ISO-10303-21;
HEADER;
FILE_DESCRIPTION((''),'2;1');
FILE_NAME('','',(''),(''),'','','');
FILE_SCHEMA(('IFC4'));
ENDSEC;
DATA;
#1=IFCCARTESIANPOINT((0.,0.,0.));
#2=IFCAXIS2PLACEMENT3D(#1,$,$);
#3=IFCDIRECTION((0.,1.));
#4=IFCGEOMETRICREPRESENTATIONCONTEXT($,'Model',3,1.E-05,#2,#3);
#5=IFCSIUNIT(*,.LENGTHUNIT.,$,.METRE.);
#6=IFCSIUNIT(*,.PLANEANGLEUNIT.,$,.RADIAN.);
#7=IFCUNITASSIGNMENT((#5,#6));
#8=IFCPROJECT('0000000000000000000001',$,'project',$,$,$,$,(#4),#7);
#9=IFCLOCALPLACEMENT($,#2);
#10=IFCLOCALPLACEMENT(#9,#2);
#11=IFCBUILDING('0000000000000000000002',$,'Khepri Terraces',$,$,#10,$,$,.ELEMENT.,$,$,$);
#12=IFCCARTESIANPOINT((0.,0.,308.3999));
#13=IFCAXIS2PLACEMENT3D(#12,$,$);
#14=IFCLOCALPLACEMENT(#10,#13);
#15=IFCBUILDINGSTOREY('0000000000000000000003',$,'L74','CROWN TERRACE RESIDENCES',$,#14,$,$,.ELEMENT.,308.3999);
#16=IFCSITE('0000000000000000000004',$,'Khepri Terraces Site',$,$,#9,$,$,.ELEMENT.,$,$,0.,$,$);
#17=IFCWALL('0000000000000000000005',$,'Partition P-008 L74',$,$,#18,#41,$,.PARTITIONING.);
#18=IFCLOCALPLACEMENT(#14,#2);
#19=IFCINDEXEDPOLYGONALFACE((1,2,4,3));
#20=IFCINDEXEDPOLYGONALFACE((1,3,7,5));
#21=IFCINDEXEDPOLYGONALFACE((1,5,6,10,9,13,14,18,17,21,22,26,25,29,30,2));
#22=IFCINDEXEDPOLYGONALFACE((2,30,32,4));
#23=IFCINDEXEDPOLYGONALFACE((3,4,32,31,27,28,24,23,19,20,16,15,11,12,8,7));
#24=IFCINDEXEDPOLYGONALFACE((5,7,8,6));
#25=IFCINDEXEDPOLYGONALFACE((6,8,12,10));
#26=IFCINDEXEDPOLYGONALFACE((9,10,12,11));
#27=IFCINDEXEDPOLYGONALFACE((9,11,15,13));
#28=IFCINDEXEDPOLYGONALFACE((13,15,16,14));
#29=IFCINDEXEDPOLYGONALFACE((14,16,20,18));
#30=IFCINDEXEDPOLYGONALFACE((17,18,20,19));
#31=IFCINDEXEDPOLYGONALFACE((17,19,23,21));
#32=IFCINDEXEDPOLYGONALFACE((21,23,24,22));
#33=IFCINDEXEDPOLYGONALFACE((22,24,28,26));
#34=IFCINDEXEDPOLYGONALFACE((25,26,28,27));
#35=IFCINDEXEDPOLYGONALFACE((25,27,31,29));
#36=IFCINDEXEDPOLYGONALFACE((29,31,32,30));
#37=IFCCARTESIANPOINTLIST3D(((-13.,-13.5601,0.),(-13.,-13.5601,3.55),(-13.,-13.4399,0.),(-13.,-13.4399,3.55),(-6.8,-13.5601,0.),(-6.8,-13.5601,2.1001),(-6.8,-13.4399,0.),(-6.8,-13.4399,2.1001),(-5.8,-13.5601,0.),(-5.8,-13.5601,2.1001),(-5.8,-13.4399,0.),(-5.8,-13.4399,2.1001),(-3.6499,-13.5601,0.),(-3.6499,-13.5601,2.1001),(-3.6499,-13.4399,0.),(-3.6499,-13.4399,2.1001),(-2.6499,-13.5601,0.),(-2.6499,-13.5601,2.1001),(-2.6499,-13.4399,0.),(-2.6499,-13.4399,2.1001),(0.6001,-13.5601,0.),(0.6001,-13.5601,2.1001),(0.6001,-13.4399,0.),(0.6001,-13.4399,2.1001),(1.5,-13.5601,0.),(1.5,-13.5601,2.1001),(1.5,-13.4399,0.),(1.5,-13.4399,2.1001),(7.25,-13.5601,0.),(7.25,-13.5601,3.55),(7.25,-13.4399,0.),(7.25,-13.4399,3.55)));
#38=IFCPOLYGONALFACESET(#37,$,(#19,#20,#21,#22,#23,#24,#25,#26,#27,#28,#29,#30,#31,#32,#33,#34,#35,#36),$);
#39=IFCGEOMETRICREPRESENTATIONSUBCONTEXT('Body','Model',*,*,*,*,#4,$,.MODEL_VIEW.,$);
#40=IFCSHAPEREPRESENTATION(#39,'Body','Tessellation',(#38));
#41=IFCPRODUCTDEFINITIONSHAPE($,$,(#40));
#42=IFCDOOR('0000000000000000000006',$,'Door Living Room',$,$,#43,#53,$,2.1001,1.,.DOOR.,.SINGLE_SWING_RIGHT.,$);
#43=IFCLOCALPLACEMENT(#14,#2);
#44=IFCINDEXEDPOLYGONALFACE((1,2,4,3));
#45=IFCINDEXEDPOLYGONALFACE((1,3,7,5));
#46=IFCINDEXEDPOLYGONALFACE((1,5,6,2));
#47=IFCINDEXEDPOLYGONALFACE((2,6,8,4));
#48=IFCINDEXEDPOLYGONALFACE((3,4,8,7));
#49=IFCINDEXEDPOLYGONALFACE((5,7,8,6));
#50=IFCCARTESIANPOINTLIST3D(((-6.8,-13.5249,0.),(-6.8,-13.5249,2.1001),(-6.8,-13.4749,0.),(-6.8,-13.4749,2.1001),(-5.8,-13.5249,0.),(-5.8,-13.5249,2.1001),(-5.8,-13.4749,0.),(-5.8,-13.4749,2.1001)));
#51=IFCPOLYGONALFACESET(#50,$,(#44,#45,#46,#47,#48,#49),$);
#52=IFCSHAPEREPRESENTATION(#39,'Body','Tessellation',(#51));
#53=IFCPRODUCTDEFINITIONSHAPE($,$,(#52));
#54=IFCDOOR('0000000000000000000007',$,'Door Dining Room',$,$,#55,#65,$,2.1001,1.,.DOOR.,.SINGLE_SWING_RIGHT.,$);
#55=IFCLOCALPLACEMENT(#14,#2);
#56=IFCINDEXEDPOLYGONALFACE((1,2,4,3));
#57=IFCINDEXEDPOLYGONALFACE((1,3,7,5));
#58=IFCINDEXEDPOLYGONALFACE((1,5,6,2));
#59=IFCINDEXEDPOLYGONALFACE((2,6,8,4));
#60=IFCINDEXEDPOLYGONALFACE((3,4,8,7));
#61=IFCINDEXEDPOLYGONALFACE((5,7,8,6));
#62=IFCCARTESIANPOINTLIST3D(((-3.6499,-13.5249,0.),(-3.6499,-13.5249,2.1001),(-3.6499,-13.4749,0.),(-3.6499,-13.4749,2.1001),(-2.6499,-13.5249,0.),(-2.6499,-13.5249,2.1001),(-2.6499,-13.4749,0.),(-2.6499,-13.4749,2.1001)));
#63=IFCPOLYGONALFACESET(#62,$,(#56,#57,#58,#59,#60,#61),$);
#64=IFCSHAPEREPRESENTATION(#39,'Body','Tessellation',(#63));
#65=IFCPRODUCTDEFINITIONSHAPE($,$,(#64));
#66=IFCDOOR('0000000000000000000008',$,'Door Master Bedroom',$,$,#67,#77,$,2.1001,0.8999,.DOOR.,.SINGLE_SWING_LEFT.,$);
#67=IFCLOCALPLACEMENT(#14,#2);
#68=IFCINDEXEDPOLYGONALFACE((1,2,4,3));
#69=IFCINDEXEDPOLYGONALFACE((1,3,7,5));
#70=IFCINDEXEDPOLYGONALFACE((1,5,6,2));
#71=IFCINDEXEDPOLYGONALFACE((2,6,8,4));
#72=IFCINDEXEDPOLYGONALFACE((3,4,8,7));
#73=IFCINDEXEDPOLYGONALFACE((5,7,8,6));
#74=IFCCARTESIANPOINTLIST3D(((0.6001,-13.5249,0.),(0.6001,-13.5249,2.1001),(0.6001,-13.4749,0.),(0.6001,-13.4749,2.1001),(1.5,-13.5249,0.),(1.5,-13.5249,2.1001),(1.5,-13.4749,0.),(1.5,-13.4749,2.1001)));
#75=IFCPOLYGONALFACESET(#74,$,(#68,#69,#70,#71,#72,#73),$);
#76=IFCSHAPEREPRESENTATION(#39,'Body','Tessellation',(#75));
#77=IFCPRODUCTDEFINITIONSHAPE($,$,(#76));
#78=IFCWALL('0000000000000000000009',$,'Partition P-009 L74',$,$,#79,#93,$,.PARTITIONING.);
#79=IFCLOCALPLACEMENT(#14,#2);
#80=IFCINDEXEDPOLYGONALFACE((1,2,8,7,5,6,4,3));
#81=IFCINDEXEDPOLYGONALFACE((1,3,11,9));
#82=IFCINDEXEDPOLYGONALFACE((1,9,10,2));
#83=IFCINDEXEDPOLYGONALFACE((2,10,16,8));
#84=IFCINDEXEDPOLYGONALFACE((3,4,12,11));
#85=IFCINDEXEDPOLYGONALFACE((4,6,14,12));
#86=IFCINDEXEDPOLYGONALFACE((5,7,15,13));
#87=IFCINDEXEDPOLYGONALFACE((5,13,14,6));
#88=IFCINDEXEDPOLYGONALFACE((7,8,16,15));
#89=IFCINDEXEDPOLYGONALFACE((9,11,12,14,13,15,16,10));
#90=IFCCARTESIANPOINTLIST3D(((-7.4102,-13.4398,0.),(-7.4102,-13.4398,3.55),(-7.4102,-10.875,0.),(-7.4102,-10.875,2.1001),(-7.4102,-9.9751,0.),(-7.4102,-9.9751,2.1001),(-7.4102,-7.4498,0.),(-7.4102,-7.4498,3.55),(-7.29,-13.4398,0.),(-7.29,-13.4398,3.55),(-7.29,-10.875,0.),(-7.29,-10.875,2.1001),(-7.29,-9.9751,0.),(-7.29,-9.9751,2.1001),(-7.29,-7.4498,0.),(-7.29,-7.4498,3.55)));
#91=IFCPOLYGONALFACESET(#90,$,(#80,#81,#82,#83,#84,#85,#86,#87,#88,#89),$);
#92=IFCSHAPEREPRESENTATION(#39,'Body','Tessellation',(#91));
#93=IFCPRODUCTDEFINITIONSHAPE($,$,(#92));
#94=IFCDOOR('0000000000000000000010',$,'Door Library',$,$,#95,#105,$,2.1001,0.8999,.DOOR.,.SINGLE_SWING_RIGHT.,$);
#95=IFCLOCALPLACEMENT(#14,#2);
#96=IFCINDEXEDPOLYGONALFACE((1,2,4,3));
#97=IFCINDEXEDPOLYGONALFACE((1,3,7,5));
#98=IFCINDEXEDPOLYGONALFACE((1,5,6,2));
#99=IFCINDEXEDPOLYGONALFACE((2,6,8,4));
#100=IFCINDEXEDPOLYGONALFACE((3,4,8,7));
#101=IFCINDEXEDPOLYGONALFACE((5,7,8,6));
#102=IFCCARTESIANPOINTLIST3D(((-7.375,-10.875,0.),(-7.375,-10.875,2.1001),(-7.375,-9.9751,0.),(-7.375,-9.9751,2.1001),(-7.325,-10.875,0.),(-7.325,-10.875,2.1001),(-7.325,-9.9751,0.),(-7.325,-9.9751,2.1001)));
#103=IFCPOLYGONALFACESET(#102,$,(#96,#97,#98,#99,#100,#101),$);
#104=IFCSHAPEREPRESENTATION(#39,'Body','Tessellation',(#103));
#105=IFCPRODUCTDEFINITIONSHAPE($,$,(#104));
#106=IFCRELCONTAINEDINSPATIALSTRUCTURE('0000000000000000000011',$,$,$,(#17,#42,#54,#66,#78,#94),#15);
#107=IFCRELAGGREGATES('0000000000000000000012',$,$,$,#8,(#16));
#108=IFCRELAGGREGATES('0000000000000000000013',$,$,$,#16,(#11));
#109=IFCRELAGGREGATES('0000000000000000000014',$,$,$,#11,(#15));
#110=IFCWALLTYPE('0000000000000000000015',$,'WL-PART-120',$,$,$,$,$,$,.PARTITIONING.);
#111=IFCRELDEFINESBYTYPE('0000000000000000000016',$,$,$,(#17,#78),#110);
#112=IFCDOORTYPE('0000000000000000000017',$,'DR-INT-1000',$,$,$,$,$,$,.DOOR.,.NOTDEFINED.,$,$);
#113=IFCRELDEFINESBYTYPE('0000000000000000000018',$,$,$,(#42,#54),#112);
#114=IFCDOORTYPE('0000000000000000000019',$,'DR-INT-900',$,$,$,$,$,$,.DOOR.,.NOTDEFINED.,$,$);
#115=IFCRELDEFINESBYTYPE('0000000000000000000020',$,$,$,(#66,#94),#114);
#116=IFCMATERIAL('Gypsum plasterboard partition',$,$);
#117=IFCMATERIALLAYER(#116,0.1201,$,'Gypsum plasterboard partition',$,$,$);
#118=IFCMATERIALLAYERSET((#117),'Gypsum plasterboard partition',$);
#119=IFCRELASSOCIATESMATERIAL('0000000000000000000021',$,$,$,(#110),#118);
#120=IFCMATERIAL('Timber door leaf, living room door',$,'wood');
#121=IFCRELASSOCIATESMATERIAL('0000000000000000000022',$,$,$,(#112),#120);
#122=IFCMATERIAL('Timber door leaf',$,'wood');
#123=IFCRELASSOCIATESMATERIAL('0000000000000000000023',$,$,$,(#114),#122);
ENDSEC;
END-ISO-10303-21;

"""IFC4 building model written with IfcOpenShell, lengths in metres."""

from ifc_helpers import new_model, si_unit, direction, frame, frame_2d, origin, place, context, subcontext, project, spatial, rectangle, extrude, material, layer, layer_set, type_object, element, fill, save


model = new_model("IFC4")

# Units and contexts
model_context = context("Model", 3, precision=1e-05, world=origin(), true_north=direction((0.0, 1.0)))
body_context = subcontext(model_context, "Body", "Model", "MODEL_VIEW")
ifc_project = project(units=[si_unit("LENGTHUNIT", "METRE"), si_unit("PLANEANGLEUNIT", "RADIAN")], contexts=[model_context])

# Site, building, storey
site_placement = place(None, origin())
site = spatial("IfcSite", under=ifc_project, at=site_placement, Name="Khepri Terraces Site", CompositionType="ELEMENT", RefElevation=0.0)
building_placement = place(site_placement, origin())
building = spatial("IfcBuilding", under=site, at=building_placement, Name="Khepri Terraces", CompositionType="ELEMENT")
storey_placement = place(building_placement, frame((0.0, 0.0, 308.3999)))
storey = spatial("IfcBuildingStorey", under=building, at=storey_placement, Name="L74", Description="CROWN TERRACE RESIDENCES", CompositionType="ELEMENT", Elevation=308.3999)

# Wall, openings, doors
ifc_material_1 = material(Name="Gypsum plasterboard partition")
ifc_layer_1 = layer(ifc_material_1, 0.1201, Name="Gypsum plasterboard partition")
ifc_layer_set_1 = layer_set([ifc_layer_1], Name="Gypsum plasterboard partition")
wall_type_1 = type_object("IfcWallType", Name="WL-PART-120", PredefinedType="PARTITIONING", material=ifc_layer_set_1)
wall_1_placement = place(storey_placement, frame((-13.0, -13.5, 0.0), z_axis=(0.0, 0.0, 1.0), x_axis=(1.0, 0.0, 0.0)))
wall_1 = element("IfcWall", 1, at=wall_1_placement, inside=storey, type_object=wall_type_1, Name="Partition P-008 L74", PredefinedType="PARTITIONING", context=body_context, shape_type="SweptSolid", body=[
    extrude(rectangle(XDim=20.25, YDim=0.1201, at=frame_2d((10.125, 0.0))), origin(), (0.0, 0.0, 1.0), 3.55),
])
opening_1_placement = place(wall_1_placement, frame((6.2, 0.0, 0.0)))
opening_1 = element("IfcOpeningElement", 2, at=opening_1_placement, cuts=wall_1, PredefinedType="OPENING", context=body_context, shape_type="SweptSolid", body=[
    extrude(rectangle(XDim=1.0, YDim=2.1001, at=frame_2d((0.5, 1.05))), frame((0.0, 0.0701, 0.0), z_axis=(0.0, -1.0, 0.0), x_axis=(1.0, 0.0, 0.0)), (0.0, 0.0, 1.0), 0.1401),
])
opening_2_placement = place(wall_1_placement, frame((9.3501, 0.0, 0.0)))
opening_2 = element("IfcOpeningElement", 3, at=opening_2_placement, cuts=wall_1, PredefinedType="OPENING", context=body_context, shape_type="SweptSolid", body=[
    extrude(rectangle(XDim=1.0, YDim=2.1001, at=frame_2d((0.5, 1.05))), frame((0.0, 0.0701, 0.0), z_axis=(0.0, -1.0, 0.0), x_axis=(1.0, 0.0, 0.0)), (0.0, 0.0, 1.0), 0.1401),
])
opening_3_placement = place(wall_1_placement, frame((13.6001, 0.0, 0.0)))
opening_3 = element("IfcOpeningElement", 4, at=opening_3_placement, cuts=wall_1, PredefinedType="OPENING", context=body_context, shape_type="SweptSolid", body=[
    extrude(rectangle(XDim=0.8999, YDim=2.1001, at=frame_2d((0.45, 1.05))), frame((0.0, 0.0701, 0.0), z_axis=(0.0, -1.0, 0.0), x_axis=(1.0, 0.0, 0.0)), (0.0, 0.0, 1.0), 0.1401),
])
ifc_material_2 = material(Name="Timber door leaf, living room door", Category="wood")
door_type_1 = type_object("IfcDoorType", Name="DR-INT-1000", OperationType="NOTDEFINED", PredefinedType="DOOR", material=ifc_material_2)
door_1_placement = place(opening_1_placement, frame((1.0, 0.0, 0.0), z_axis=(0.0, 0.0, 1.0), x_axis=(-1.0, 0.0, 0.0)))
door_1 = element("IfcDoor", 5, at=door_1_placement, inside=storey, type_object=door_type_1, Name="Door Living Room", OperationType="SINGLE_SWING_RIGHT", OverallHeight=2.1001, OverallWidth=1.0, PredefinedType="DOOR", context=body_context, shape_type="SweptSolid", body=[
    extrude(rectangle(XDim=1.0, YDim=2.1001, at=frame_2d((0.5, 1.05))), frame((0.0, 0.0249, 0.0), z_axis=(0.0, -1.0, 0.0), x_axis=(1.0, 0.0, 0.0)), (0.0, 0.0, 1.0), 0.05),
])
fill(opening_1, door_1)
door_2_placement = place(opening_2_placement, frame((1.0, 0.0, 0.0), z_axis=(0.0, 0.0, 1.0), x_axis=(-1.0, 0.0, 0.0)))
door_2 = element("IfcDoor", 6, at=door_2_placement, inside=storey, type_object=door_type_1, Name="Door Dining Room", OperationType="SINGLE_SWING_RIGHT", OverallHeight=2.1001, OverallWidth=1.0, PredefinedType="DOOR", context=body_context, shape_type="SweptSolid", body=[
    extrude(rectangle(XDim=1.0, YDim=2.1001, at=frame_2d((0.5, 1.05))), frame((0.0, 0.0249, 0.0), z_axis=(0.0, -1.0, 0.0), x_axis=(1.0, 0.0, 0.0)), (0.0, 0.0, 1.0), 0.05),
])
fill(opening_2, door_2)
ifc_material_3 = material(Name="Timber door leaf", Category="wood")
door_type_2 = type_object("IfcDoorType", Name="DR-INT-900", OperationType="NOTDEFINED", PredefinedType="DOOR", material=ifc_material_3)
door_3_placement = place(opening_3_placement, frame((0.8999, 0.0, 0.0), z_axis=(0.0, 0.0, 1.0), x_axis=(-1.0, 0.0, 0.0)))
door_3 = element("IfcDoor", 7, at=door_3_placement, inside=storey, type_object=door_type_2, Name="Door Master Bedroom", OperationType="SINGLE_SWING_LEFT", OverallHeight=2.1001, OverallWidth=0.8999, PredefinedType="DOOR", context=body_context, shape_type="SweptSolid", body=[
    extrude(rectangle(XDim=0.8999, YDim=2.1001, at=frame_2d((0.45, 1.05))), frame((0.0, 0.0249, 0.0), z_axis=(0.0, -1.0, 0.0), x_axis=(1.0, 0.0, 0.0)), (0.0, 0.0, 1.0), 0.05),
])
fill(opening_3, door_3)

# Wall, opening, door
wall_2_placement = place(storey_placement, frame((-7.3501, -13.4399, 0.0), z_axis=(0.0, 0.0, 1.0), x_axis=(0.0, 1.0, 0.0)))
wall_2 = element("IfcWall", 8, at=wall_2_placement, inside=storey, type_object=wall_type_1, Name="Partition P-009 L74", PredefinedType="PARTITIONING", context=body_context, shape_type="SweptSolid", body=[
    extrude(rectangle(XDim=5.99, YDim=0.1201, at=frame_2d((2.9951, 0.0))), origin(), (0.0, 0.0, 1.0), 3.55),
])
opening_4_placement = place(wall_2_placement, frame((2.5649, 0.0, 0.0)))
opening_4 = element("IfcOpeningElement", 9, at=opening_4_placement, cuts=wall_2, PredefinedType="OPENING", context=body_context, shape_type="SweptSolid", body=[
    extrude(rectangle(XDim=0.8999, YDim=2.1001, at=frame_2d((0.45, 1.05))), frame((0.0, 0.0701, 0.0), z_axis=(0.0, -1.0, 0.0), x_axis=(1.0, 0.0, 0.0)), (0.0, 0.0, 1.0), 0.1401),
])
door_4_placement = place(opening_4_placement, origin())
door_4 = element("IfcDoor", 10, at=door_4_placement, inside=storey, type_object=door_type_2, Name="Door Library", OperationType="SINGLE_SWING_RIGHT", OverallHeight=2.1001, OverallWidth=0.8999, PredefinedType="DOOR", context=body_context, shape_type="SweptSolid", body=[
    extrude(rectangle(XDim=0.8999, YDim=2.1001, at=frame_2d((0.45, 1.05))), frame((0.0, 0.0249, 0.0), z_axis=(0.0, -1.0, 0.0), x_axis=(1.0, 0.0, 0.0)), (0.0, 0.0, 1.0), 0.05),
])
fill(opening_4, door_4)

save(model, "model.ifc")
